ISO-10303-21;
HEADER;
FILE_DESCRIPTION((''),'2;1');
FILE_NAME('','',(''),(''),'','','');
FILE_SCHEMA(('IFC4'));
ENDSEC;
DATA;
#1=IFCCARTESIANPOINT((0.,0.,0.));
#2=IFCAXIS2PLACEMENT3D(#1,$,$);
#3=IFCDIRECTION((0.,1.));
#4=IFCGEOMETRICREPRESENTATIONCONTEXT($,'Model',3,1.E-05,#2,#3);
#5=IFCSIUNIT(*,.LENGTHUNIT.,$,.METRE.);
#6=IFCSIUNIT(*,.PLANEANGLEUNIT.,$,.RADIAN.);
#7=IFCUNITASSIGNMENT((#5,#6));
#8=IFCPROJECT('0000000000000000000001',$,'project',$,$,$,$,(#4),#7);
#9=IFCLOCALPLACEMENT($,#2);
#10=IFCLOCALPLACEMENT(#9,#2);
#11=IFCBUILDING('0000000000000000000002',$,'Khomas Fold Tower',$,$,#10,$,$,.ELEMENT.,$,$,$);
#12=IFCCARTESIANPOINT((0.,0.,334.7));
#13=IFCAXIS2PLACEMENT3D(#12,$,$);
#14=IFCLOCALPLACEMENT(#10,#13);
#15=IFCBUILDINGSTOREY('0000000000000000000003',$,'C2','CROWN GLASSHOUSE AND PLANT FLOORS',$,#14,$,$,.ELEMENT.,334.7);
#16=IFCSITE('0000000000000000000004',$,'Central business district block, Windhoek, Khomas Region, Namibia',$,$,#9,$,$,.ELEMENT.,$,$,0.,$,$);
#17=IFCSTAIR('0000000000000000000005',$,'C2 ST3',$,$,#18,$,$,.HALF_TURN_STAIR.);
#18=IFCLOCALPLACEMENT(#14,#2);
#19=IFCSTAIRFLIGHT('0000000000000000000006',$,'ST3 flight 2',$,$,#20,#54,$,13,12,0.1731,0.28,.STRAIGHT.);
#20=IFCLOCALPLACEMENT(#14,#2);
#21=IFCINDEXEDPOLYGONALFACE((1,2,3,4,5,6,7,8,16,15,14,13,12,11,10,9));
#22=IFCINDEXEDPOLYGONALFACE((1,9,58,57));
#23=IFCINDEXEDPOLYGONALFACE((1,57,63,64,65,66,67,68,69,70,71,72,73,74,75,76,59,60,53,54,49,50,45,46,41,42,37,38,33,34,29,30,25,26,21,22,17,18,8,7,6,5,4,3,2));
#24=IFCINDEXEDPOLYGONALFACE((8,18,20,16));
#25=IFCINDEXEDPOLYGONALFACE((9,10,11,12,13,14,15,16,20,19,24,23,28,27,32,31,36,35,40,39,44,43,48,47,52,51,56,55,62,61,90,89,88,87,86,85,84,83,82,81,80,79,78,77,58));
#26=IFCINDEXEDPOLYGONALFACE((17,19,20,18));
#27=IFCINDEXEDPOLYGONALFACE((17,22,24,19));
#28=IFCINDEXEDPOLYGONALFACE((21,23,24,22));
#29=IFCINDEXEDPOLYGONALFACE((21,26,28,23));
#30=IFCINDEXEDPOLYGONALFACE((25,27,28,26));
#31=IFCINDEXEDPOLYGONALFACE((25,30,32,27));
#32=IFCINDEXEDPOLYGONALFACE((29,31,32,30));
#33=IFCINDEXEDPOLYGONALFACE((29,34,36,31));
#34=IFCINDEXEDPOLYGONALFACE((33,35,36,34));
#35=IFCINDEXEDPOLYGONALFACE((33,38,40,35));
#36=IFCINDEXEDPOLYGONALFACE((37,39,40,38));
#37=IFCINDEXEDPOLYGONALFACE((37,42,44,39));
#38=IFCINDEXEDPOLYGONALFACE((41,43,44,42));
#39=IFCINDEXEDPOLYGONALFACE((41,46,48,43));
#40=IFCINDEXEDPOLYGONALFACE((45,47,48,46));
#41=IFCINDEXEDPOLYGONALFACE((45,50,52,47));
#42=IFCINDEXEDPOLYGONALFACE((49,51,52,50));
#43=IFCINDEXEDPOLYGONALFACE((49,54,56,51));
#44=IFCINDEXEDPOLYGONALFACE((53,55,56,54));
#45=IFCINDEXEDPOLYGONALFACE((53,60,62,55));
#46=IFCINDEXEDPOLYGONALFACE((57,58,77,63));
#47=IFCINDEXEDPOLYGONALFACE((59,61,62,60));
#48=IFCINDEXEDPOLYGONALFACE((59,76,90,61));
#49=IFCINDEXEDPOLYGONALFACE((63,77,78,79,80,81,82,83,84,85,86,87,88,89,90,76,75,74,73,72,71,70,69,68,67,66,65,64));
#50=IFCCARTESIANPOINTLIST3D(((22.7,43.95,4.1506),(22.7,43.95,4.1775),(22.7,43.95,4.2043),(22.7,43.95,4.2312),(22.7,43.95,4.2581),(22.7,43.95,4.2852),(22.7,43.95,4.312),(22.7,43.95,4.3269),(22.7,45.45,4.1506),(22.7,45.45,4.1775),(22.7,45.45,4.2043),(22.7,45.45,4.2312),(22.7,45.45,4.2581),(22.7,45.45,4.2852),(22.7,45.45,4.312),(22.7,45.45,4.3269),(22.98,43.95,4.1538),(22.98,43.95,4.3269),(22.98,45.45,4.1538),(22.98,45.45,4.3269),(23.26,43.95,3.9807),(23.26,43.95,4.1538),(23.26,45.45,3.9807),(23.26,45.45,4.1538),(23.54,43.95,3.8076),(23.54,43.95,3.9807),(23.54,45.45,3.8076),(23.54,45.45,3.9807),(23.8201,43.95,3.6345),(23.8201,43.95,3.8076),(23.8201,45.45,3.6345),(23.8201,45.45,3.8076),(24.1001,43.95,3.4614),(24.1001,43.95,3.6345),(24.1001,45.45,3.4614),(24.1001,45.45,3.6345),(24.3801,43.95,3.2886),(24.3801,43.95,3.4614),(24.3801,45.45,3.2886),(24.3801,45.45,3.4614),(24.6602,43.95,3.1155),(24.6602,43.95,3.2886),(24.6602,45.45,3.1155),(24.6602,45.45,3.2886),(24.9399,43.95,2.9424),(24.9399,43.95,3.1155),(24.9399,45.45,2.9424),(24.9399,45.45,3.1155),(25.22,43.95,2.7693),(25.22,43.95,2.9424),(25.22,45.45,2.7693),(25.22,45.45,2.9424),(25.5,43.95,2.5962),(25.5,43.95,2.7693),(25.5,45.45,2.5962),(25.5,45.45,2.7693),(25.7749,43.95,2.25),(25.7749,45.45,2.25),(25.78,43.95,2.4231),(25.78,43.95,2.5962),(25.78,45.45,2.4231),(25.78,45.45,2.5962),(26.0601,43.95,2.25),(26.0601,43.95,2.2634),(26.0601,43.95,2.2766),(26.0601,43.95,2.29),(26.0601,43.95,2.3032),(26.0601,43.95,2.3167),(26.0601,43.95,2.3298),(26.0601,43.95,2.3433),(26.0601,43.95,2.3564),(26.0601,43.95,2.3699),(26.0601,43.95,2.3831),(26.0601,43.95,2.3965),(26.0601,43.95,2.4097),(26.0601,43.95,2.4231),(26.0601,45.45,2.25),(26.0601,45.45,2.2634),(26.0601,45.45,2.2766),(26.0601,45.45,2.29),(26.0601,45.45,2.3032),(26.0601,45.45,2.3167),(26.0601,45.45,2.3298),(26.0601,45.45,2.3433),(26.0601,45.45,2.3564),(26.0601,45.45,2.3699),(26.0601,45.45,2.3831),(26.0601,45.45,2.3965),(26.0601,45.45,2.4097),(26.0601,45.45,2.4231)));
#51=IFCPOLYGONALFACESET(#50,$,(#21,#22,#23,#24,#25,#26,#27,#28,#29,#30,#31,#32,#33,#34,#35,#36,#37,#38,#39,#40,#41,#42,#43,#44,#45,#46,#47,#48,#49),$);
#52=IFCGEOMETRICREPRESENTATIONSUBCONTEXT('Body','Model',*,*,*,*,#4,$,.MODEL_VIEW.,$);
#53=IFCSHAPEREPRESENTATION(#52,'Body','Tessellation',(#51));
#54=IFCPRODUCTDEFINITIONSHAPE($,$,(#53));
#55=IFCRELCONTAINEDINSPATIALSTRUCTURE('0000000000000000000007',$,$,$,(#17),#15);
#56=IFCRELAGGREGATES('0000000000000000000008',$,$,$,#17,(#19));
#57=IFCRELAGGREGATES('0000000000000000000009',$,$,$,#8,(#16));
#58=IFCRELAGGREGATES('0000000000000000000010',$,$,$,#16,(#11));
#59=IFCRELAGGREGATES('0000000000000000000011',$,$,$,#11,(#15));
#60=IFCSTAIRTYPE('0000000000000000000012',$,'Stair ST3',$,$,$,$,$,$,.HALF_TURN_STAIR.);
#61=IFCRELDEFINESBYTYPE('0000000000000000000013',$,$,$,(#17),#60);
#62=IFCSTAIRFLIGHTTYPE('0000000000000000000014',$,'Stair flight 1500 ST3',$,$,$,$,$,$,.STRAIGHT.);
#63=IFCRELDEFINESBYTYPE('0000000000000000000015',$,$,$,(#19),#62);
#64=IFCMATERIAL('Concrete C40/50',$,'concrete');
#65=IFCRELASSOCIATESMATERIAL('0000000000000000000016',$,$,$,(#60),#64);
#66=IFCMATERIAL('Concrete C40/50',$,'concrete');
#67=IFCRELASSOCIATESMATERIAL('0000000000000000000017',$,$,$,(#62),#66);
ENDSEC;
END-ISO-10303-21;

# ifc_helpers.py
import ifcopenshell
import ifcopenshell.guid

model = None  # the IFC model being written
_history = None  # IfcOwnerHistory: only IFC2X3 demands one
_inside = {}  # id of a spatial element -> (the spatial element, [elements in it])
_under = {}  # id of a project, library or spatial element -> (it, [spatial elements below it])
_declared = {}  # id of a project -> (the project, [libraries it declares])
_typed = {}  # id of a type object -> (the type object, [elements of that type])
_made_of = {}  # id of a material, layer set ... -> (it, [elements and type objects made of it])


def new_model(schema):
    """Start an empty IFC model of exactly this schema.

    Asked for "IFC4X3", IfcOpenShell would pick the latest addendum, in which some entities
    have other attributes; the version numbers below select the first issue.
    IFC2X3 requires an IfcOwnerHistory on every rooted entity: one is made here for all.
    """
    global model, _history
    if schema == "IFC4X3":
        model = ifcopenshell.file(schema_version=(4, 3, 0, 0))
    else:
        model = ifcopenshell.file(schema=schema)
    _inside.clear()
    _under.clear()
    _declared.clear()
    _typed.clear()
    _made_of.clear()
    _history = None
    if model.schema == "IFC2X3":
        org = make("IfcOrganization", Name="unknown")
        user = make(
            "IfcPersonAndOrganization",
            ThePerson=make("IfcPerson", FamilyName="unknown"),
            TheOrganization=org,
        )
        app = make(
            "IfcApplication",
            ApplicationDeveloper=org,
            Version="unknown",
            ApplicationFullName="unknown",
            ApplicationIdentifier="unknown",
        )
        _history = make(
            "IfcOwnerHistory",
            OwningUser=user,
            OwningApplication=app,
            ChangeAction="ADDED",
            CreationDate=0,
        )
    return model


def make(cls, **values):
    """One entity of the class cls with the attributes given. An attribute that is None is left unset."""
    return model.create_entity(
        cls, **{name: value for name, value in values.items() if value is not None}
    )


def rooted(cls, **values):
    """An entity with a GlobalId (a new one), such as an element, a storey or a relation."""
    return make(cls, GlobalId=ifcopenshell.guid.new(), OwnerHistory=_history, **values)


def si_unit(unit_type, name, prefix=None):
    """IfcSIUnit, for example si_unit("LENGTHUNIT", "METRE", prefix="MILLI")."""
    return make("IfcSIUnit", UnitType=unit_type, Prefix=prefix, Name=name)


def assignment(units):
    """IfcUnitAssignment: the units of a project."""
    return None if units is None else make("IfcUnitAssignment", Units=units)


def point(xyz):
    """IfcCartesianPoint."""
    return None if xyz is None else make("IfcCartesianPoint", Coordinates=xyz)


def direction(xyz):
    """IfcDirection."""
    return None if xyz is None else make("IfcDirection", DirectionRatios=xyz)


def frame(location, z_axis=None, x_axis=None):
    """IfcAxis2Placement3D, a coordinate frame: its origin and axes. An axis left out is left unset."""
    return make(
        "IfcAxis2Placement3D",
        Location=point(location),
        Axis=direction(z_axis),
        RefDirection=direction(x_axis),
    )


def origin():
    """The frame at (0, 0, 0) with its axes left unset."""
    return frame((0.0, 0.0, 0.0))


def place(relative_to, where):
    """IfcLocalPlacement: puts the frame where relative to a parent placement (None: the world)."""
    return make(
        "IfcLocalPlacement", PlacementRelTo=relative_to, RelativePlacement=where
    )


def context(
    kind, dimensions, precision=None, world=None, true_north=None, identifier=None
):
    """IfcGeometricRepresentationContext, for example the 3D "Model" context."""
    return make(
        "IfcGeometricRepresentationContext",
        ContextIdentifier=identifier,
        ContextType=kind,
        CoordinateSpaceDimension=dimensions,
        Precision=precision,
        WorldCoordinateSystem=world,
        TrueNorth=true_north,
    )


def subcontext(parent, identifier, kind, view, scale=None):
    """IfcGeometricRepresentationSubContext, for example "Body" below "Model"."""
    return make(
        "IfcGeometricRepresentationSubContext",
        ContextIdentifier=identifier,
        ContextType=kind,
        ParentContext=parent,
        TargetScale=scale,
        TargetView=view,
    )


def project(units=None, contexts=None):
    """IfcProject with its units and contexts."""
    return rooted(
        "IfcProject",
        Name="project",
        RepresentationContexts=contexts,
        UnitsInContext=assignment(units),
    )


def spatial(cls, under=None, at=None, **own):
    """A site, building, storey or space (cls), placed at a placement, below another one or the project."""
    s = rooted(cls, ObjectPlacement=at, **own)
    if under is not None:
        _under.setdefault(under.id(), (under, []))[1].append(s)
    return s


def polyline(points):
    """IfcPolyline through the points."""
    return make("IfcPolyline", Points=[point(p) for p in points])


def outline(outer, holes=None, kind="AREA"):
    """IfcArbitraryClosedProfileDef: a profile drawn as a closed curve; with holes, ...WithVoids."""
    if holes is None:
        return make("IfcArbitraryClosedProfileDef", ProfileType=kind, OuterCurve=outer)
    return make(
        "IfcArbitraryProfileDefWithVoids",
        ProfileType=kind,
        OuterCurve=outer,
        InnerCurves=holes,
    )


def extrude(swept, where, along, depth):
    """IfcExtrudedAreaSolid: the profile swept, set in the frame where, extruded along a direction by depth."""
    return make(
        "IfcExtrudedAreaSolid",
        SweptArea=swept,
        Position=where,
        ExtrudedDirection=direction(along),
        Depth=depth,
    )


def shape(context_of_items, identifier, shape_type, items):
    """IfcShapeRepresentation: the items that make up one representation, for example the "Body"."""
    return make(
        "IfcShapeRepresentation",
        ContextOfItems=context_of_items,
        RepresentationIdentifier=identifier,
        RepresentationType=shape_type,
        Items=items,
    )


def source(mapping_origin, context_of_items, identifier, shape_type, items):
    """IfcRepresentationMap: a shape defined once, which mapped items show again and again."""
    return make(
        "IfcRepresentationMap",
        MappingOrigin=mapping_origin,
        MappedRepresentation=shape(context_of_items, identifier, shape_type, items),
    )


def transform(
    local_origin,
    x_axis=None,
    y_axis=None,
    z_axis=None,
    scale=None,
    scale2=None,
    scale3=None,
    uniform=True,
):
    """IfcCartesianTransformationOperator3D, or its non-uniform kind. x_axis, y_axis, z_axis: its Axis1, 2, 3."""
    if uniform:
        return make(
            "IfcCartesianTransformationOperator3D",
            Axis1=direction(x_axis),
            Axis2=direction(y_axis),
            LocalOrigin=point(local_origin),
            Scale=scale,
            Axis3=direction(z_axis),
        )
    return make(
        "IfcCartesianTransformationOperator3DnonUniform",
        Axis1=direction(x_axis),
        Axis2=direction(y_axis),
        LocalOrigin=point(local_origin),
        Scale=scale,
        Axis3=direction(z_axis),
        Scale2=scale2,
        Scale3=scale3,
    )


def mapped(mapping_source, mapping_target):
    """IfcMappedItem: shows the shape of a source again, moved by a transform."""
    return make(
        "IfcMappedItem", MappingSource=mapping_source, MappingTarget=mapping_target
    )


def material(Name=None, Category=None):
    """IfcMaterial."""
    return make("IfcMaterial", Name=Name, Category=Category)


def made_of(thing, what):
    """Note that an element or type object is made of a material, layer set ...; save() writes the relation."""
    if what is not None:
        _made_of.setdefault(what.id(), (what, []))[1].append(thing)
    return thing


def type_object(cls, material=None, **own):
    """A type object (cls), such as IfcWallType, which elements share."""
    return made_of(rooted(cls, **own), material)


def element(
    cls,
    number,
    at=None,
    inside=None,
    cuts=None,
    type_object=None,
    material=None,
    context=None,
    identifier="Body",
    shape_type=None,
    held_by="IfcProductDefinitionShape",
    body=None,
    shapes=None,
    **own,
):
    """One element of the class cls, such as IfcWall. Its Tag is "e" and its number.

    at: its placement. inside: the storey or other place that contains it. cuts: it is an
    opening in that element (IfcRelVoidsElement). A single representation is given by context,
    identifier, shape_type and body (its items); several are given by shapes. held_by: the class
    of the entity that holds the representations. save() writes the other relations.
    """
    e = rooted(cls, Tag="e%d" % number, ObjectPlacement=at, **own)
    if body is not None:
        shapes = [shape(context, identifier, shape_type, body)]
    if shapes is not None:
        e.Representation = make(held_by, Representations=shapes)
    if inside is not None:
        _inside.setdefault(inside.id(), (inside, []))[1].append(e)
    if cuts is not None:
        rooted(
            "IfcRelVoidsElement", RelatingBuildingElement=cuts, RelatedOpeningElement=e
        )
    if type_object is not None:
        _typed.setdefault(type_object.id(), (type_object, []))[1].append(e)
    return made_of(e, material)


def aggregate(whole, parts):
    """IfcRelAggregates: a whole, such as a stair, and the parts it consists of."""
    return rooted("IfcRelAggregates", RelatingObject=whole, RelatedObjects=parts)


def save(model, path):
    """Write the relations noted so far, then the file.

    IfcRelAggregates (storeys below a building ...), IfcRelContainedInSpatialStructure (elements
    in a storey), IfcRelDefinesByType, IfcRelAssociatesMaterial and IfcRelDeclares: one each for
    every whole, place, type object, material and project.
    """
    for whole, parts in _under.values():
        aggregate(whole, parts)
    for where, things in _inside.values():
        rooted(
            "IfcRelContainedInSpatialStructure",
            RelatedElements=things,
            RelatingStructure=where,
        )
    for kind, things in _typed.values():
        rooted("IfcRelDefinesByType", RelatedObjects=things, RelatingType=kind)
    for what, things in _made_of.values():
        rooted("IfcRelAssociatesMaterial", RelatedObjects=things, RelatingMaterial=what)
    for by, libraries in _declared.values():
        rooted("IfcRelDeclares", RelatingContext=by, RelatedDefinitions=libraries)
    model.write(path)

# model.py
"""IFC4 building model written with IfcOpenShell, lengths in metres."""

from ifc_helpers import new_model, si_unit, direction, frame, origin, place, context, subcontext, project, spatial, polyline, outline, extrude, source, transform, mapped, material, type_object, element, aggregate, save


model = new_model("IFC4")

# Units and contexts
model_context = context("Model", 3, precision=1e-05, world=origin(), true_north=direction((0.0, 1.0)))
body_context = subcontext(model_context, "Body", "Model", "MODEL_VIEW")
ifc_project = project(units=[si_unit("LENGTHUNIT", "METRE"), si_unit("PLANEANGLEUNIT", "RADIAN")], contexts=[model_context])

# Site, building, storey
site_placement = place(None, origin())
site = spatial("IfcSite", under=ifc_project, at=site_placement, Name="Central business district block, Windhoek, Khomas Region, Namibia", CompositionType="ELEMENT", RefElevation=0.0)
building_placement = place(site_placement, origin())
building = spatial("IfcBuilding", under=site, at=building_placement, Name="Khomas Fold Tower", CompositionType="ELEMENT")
storey_placement = place(building_placement, frame((0.0, 0.0, 334.7)))
storey = spatial("IfcBuildingStorey", under=building, at=storey_placement, Name="C2", Description="CROWN GLASSHOUSE AND PLANT FLOORS", CompositionType="ELEMENT", Elevation=334.7)

# Stair, stair flight
ifc_material_1 = material(Name="Concrete C40/50", Category="concrete")
stair_type = type_object("IfcStairType", Name="Stair ST3", PredefinedType="HALF_TURN_STAIR", material=ifc_material_1)
stair_placement = place(storey_placement, origin())
stair = element("IfcStair", 1, at=stair_placement, inside=storey, type_object=stair_type, Name="C2 ST3", PredefinedType="HALF_TURN_STAIR")
ifc_material_2 = material(Name="Concrete C40/50", Category="concrete")
stair_flight_type = type_object("IfcStairFlightType", Name="Stair flight 1500 ST3", PredefinedType="STRAIGHT", material=ifc_material_2)
shared_shape_1 = source(origin(), body_context, "Body", "SweptSolid", [
    extrude(outline(polyline([(0.0, 0.0), (0.0, 0.0134), (0.0, 0.0266), (0.0, 0.04), (0.0, 0.0532), (0.0, 0.0667), (0.0, 0.0798), (0.0, 0.0933), (0.0, 0.1064), (0.0, 0.1199), (0.0, 0.1331), (0.0, 0.1465), (0.0, 0.1597), (0.0, 0.1731), (0.28, 0.1731), (0.28, 0.3462), (0.5601, 0.3462), (0.5601, 0.5193), (0.8401, 0.5193), (0.8401, 0.6924), (1.1201, 0.6924), (1.1201, 0.8655), (1.3999, 0.8655), (1.3999, 1.0386), (1.6799, 1.0386), (1.6799, 1.2114), (1.96, 1.2114), (1.96, 1.3845), (2.24, 1.3845), (2.24, 1.5576), (2.52, 1.5576), (2.52, 1.7307), (2.8, 1.7307), (2.8, 1.9038), (3.0801, 1.9038), (3.0801, 2.0769), (3.3601, 2.0769), (3.3601, 2.25), (3.3601, 2.2231), (3.3601, 2.1963), (3.3601, 2.1694), (3.3601, 2.1426), (3.3601, 2.1157), (3.3601, 2.0889), (3.3601, 2.062), (3.3601, 2.0352), (3.3601, 2.0081), (3.3601, 1.9812), (3.3601, 1.9543), (3.3601, 1.9275), (3.3601, 1.9006), (0.2852, 0.0), (0.0, 0.0)])), frame((0.0, 0.75, 0.0), z_axis=(0.0, -1.0, 0.0), x_axis=(1.0, 0.0, 0.0)), (0.0, 0.0, 1.0), 1.5),
])
stair_flight_placement = place(storey_placement, frame((26.0601, 44.7, 2.25), z_axis=(0.0, 0.0, 1.0), x_axis=(-1.0, 0.0, 0.0)))
stair_flight = element("IfcStairFlight", 2, at=stair_flight_placement, type_object=stair_flight_type, Name="ST3 flight 2", NumberOfRisers=13, NumberOfTreads=12, PredefinedType="STRAIGHT", RiserHeight=0.1731, TreadLength=0.28, context=body_context, shape_type="MappedRepresentation", body=[
    mapped(shared_shape_1, transform((0.0, 0.0, 0.0))),
])
aggregate(stair, [stair_flight])

save(model, "model.ifc")
